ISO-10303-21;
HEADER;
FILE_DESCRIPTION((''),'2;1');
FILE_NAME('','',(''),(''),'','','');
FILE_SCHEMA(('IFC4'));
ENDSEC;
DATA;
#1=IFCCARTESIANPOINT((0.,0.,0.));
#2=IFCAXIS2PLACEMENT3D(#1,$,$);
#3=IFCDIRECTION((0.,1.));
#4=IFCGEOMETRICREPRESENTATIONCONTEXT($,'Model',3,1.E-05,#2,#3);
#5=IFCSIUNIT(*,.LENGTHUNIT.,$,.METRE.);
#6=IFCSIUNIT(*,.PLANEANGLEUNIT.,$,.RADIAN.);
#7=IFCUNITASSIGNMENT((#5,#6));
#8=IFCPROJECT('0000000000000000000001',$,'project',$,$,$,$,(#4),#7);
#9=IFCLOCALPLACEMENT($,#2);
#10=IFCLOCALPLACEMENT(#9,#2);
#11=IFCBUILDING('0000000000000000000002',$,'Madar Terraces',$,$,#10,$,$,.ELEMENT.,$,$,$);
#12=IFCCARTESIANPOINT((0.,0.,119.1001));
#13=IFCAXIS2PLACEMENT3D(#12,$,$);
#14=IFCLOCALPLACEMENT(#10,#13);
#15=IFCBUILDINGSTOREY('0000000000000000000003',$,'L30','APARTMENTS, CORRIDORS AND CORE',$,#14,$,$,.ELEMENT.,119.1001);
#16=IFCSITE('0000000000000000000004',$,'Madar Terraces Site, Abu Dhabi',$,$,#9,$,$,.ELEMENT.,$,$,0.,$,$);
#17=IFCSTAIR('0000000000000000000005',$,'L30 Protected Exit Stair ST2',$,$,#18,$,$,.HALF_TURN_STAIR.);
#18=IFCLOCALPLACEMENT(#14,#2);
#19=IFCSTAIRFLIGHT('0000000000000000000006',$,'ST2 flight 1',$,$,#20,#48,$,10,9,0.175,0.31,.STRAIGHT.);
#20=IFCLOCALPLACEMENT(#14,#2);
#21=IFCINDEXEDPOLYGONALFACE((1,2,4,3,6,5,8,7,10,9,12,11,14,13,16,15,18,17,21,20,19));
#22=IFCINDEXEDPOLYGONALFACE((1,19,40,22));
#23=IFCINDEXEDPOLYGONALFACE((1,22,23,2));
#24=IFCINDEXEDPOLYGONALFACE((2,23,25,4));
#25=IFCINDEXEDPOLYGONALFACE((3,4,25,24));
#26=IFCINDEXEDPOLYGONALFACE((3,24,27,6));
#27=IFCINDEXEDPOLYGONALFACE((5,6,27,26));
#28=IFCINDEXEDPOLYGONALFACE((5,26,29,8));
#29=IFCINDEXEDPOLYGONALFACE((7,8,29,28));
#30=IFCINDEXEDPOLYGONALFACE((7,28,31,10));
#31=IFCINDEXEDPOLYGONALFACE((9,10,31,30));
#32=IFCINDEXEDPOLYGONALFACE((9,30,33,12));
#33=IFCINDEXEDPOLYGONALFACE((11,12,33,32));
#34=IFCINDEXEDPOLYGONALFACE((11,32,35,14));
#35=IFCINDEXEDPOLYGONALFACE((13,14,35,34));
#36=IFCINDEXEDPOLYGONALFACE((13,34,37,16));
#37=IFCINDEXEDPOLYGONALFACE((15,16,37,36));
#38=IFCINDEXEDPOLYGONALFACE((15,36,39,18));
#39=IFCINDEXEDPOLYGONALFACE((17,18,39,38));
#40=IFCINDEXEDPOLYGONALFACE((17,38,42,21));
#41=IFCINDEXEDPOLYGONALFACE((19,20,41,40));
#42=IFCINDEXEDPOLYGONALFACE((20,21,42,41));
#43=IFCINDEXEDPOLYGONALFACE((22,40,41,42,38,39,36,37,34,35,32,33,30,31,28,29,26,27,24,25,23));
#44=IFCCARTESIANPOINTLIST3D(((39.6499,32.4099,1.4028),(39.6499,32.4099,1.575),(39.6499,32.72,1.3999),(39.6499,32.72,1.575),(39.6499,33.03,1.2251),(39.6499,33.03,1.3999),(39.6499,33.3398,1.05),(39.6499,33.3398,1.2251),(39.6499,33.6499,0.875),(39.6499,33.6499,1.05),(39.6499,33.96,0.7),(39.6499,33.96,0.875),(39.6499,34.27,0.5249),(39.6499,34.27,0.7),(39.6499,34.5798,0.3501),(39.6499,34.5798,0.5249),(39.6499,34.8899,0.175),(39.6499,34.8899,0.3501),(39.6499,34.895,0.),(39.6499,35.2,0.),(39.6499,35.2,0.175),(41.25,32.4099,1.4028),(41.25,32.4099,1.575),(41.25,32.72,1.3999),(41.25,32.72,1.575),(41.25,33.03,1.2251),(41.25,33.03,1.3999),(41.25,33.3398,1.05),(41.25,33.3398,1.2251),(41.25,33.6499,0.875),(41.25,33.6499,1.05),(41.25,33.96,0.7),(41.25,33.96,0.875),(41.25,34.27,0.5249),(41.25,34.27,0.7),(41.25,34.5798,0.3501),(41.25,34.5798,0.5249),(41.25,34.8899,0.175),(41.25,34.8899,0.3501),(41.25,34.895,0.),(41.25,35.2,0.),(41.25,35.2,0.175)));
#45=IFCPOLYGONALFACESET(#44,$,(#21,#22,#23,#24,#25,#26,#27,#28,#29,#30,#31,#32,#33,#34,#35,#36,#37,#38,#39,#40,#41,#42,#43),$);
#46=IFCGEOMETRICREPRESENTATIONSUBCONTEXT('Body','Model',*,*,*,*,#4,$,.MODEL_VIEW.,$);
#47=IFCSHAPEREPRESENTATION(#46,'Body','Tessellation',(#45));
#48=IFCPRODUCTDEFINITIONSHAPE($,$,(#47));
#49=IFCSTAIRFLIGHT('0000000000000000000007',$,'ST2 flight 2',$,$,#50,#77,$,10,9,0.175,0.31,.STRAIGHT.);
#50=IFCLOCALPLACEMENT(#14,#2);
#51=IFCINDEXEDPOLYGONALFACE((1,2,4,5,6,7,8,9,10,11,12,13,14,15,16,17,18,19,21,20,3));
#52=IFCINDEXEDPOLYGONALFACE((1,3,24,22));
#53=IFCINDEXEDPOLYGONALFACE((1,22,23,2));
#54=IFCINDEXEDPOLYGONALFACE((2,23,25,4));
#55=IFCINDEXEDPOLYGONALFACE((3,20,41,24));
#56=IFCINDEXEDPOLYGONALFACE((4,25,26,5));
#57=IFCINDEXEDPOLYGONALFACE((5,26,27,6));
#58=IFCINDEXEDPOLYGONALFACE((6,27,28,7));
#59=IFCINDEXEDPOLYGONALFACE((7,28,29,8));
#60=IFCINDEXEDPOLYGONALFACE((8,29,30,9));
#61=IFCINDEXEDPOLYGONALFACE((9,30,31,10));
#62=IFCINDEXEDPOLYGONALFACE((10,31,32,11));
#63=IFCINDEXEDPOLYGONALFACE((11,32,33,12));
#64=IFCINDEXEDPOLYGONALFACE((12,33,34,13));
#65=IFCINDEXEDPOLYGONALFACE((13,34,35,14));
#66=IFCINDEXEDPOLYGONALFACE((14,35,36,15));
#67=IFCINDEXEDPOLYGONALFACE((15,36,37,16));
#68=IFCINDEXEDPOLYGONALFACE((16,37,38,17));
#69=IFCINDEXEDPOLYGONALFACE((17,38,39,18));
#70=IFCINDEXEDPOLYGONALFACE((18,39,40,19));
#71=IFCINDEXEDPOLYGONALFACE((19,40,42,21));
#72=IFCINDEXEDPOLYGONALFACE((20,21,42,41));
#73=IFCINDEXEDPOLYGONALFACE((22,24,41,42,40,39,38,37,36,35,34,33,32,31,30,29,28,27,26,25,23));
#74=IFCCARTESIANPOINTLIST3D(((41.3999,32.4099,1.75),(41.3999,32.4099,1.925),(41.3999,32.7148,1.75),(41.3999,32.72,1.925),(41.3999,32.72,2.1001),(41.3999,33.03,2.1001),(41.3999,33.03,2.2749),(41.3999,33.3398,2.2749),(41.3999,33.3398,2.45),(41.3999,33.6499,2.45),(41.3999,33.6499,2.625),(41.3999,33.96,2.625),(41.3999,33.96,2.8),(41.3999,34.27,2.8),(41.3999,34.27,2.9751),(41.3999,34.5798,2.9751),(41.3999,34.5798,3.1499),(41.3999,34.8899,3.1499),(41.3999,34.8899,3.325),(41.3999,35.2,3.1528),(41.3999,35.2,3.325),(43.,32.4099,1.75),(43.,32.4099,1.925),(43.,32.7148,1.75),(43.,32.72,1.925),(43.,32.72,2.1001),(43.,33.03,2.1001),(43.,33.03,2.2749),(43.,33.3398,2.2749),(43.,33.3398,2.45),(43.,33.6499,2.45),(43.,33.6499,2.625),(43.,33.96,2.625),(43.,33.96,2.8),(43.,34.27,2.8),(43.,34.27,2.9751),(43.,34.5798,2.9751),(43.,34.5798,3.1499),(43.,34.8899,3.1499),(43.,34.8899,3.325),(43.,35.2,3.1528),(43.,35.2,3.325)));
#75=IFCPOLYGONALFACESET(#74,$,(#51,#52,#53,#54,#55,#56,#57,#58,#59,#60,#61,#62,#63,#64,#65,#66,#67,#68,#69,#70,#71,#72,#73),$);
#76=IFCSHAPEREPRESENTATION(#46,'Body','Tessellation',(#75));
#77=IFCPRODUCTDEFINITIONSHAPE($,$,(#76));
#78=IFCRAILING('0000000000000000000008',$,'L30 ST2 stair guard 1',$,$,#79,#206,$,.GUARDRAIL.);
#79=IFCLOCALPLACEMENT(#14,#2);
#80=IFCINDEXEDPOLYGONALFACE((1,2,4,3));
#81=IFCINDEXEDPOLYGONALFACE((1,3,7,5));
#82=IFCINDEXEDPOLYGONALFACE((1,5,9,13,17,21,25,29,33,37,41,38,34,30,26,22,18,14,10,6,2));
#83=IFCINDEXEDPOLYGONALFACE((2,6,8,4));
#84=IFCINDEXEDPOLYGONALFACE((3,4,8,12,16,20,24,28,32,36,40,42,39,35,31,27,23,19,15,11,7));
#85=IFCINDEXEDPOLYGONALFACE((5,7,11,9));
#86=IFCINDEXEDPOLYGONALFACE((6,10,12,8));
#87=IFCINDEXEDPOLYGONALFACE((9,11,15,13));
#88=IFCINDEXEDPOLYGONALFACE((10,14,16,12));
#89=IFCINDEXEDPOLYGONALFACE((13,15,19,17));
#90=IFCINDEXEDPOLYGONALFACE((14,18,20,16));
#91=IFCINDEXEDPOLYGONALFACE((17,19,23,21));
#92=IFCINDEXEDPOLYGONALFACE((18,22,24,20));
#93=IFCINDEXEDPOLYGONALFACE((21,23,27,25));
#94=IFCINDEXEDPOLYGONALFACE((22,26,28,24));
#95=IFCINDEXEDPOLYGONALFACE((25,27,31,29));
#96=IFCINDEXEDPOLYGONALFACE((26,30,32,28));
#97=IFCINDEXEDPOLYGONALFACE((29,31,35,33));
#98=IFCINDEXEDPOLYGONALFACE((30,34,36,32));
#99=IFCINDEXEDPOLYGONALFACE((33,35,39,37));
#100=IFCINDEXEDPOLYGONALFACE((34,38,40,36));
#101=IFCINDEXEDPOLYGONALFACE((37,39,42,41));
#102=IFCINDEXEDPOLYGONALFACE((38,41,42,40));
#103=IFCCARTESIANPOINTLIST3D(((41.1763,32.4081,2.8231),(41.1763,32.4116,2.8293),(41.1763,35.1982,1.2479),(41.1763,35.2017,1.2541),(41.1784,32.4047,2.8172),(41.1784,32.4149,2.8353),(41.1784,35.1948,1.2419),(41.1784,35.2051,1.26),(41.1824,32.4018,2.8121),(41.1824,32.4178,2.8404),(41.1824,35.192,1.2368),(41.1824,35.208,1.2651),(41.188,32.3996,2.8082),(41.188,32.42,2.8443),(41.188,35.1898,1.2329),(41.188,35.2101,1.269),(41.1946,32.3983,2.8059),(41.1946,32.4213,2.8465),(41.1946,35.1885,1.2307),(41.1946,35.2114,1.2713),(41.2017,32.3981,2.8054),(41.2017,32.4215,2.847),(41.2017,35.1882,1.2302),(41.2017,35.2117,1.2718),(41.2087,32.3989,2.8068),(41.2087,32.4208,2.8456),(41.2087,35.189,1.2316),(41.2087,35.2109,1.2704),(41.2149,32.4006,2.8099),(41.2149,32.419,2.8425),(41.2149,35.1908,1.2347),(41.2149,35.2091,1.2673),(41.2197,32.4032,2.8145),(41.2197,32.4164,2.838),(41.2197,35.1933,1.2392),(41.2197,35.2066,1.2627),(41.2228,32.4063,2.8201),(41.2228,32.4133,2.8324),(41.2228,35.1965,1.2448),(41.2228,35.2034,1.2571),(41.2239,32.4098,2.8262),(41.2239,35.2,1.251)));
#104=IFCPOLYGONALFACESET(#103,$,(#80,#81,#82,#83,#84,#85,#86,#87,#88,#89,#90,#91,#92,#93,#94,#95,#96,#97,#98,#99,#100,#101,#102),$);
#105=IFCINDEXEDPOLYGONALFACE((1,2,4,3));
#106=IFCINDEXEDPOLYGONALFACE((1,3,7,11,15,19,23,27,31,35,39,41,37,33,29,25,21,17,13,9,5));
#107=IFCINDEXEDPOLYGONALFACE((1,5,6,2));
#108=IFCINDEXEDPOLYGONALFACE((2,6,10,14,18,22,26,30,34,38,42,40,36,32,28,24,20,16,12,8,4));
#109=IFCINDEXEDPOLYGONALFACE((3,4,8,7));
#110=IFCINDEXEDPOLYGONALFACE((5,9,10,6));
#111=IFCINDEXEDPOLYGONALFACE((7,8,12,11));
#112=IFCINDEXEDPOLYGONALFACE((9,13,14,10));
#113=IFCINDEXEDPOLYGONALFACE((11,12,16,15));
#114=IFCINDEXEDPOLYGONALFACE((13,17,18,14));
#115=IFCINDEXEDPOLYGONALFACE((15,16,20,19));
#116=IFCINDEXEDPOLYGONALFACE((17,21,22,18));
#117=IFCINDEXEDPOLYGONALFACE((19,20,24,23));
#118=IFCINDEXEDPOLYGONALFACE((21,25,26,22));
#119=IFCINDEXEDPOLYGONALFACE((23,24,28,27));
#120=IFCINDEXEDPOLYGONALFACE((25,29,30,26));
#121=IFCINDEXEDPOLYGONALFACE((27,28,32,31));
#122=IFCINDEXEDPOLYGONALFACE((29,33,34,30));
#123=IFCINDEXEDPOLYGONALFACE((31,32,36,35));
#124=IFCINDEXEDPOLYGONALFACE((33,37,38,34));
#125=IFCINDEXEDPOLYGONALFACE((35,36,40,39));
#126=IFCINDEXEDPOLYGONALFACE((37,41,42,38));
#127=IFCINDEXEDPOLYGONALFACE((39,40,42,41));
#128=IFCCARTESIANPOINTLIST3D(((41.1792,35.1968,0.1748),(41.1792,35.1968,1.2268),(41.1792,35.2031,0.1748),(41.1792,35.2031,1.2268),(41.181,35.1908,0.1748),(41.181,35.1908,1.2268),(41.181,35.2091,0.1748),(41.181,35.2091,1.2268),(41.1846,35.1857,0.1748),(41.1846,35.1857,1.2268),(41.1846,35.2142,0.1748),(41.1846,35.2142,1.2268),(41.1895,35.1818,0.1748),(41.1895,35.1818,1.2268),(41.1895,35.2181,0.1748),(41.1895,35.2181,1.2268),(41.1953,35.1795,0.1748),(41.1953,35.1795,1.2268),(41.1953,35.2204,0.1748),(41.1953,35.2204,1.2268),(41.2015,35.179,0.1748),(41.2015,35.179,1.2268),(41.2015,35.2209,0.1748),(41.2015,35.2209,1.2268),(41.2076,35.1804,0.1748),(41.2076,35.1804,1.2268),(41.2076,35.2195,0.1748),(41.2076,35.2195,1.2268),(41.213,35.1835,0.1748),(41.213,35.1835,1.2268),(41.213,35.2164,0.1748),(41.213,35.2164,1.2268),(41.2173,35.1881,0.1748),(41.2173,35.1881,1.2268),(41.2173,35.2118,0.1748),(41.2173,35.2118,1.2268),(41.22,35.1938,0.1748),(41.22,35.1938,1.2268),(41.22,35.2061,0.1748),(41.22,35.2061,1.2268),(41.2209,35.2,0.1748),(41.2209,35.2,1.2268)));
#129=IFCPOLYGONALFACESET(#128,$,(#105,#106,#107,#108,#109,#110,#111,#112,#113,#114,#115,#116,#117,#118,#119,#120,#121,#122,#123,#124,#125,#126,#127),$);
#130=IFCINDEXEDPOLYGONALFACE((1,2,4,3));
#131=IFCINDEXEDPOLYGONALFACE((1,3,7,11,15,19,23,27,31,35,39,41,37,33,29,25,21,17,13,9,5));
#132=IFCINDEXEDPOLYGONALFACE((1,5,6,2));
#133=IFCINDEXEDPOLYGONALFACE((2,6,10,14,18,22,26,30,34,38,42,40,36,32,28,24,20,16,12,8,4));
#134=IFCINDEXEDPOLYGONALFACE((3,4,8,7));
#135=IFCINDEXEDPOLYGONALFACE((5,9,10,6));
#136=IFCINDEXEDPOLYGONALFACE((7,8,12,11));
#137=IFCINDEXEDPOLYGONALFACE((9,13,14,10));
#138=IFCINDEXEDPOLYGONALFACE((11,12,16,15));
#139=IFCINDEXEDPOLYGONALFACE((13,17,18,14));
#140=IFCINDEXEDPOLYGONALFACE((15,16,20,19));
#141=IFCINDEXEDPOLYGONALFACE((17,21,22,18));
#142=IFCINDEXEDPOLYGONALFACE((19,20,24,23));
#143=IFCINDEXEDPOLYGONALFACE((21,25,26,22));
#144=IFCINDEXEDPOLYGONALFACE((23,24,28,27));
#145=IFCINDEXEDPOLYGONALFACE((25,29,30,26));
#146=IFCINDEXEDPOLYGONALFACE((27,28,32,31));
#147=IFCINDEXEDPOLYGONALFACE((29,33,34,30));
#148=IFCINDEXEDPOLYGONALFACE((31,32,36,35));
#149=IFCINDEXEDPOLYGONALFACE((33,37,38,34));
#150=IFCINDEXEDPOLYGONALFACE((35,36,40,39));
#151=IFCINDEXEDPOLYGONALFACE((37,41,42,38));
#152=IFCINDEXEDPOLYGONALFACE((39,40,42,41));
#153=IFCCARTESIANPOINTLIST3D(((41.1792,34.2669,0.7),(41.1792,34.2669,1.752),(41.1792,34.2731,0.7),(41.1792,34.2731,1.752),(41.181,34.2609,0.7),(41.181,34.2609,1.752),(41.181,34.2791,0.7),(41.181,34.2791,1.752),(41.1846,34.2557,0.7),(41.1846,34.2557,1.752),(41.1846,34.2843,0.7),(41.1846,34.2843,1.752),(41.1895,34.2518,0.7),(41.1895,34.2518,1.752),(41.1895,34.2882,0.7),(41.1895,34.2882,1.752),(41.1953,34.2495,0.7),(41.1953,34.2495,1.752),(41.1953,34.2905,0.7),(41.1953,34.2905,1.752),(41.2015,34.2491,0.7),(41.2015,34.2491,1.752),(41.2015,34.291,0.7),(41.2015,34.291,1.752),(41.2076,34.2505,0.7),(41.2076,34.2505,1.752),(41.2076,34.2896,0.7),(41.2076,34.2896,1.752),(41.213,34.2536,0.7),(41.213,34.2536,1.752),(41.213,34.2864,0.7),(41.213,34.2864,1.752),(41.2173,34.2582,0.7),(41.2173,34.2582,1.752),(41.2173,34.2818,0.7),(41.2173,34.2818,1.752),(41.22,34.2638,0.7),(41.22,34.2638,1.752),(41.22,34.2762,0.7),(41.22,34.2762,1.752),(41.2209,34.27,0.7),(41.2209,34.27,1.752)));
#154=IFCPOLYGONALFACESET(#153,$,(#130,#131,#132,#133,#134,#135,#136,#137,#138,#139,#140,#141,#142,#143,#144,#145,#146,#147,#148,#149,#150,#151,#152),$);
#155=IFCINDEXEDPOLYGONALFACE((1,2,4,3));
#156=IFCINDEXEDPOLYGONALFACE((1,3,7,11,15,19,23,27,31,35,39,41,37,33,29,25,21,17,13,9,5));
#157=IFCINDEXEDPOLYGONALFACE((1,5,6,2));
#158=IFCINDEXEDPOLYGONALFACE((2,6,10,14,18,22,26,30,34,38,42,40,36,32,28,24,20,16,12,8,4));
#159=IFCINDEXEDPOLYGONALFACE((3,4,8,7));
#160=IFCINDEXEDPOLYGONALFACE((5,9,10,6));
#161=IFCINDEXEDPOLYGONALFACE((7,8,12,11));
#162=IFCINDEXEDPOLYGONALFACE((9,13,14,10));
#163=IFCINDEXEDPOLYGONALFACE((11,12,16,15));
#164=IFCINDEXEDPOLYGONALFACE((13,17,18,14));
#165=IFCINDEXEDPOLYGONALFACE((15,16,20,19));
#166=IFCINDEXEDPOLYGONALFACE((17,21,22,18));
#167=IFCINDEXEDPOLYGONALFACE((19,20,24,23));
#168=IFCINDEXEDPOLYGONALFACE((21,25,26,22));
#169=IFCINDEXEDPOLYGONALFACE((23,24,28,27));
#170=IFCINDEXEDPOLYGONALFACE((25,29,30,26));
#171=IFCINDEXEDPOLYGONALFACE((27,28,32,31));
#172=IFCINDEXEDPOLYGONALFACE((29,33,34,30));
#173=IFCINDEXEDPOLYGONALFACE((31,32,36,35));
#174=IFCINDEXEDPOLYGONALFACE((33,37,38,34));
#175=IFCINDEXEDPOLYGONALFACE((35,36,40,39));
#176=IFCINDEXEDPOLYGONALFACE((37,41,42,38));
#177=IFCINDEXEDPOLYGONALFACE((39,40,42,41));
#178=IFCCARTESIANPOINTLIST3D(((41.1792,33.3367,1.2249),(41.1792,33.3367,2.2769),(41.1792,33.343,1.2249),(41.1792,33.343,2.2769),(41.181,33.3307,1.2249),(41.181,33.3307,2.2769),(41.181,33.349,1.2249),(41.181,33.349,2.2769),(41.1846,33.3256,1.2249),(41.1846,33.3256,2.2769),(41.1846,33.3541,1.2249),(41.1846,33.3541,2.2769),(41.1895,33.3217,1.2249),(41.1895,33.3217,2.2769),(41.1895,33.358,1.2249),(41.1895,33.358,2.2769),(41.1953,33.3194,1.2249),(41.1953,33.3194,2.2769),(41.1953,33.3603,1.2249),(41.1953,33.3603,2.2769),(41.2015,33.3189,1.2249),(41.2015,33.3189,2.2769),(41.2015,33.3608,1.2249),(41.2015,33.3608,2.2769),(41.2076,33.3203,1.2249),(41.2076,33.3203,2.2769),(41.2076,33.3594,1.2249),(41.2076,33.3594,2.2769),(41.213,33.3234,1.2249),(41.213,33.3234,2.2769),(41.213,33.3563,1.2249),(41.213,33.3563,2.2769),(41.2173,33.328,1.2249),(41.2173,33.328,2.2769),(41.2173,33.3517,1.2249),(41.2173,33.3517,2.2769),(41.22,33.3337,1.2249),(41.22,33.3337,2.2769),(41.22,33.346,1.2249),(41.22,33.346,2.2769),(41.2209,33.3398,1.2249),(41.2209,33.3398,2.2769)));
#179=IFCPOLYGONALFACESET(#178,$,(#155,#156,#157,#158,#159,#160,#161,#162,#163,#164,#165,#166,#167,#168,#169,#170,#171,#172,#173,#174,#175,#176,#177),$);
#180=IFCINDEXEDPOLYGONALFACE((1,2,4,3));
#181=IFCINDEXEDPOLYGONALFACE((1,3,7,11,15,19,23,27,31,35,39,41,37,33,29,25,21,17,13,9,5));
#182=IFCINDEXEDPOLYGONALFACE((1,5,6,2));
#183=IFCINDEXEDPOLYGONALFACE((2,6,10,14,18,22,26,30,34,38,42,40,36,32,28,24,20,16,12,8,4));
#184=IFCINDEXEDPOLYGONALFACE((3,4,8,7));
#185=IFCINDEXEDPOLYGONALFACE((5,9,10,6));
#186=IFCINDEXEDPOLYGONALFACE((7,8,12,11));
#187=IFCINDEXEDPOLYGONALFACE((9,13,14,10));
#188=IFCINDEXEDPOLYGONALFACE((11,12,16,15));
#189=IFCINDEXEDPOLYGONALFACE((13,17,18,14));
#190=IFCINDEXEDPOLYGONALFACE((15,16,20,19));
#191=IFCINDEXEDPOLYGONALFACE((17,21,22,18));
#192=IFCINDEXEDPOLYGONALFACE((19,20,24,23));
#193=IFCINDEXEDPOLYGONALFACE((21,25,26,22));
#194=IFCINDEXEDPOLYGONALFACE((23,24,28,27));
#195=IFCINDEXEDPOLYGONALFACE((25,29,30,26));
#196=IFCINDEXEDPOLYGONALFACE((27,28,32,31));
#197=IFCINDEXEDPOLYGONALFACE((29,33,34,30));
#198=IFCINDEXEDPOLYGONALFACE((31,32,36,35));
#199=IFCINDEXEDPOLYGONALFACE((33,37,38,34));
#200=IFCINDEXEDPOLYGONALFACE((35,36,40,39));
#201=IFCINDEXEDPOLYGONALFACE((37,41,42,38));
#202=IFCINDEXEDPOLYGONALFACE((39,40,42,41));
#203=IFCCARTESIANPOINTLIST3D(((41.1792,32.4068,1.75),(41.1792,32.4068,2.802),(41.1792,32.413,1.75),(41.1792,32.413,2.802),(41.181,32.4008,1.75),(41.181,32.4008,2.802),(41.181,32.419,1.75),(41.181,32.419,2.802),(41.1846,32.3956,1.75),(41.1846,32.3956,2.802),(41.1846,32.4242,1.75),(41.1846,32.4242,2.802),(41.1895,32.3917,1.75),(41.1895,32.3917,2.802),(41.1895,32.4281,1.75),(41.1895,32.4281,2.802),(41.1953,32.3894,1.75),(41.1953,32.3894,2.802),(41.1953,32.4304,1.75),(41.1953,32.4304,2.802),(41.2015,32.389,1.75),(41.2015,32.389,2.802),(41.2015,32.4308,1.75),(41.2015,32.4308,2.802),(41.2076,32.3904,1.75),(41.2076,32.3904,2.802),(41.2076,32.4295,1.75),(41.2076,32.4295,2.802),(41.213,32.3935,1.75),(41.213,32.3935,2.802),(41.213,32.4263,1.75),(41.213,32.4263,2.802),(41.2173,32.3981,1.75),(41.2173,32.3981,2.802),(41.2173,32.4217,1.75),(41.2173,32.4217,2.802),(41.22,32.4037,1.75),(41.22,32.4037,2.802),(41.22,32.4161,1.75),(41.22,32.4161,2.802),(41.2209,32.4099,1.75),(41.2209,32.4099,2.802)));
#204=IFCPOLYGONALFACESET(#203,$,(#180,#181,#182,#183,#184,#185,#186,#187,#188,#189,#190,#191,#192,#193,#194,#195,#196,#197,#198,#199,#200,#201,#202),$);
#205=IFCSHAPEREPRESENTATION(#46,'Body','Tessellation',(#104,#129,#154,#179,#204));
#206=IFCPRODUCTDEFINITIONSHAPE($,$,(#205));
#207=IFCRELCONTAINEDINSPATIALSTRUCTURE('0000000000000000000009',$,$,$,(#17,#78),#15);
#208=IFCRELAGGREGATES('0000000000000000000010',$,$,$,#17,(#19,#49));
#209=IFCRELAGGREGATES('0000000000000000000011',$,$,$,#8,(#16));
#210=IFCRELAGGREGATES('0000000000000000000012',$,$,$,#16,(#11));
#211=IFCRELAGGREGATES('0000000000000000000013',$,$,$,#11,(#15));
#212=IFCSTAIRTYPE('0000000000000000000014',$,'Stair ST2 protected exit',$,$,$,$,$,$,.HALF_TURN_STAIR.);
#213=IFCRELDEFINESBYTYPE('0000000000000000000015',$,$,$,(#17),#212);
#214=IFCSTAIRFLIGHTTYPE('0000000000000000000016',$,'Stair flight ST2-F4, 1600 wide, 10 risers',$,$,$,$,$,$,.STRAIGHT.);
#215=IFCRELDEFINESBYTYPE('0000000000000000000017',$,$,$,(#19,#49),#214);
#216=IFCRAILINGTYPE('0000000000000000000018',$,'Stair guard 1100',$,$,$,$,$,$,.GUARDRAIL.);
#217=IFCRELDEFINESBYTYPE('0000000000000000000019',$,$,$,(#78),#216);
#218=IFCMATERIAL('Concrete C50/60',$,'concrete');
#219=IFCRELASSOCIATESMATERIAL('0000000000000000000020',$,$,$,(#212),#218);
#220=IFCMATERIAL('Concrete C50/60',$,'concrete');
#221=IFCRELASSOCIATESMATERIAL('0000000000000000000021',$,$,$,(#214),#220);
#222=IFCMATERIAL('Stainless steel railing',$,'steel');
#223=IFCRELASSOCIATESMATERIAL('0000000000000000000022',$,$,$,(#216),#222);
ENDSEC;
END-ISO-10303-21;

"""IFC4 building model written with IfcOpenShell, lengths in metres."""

from ifc_helpers import new_model, si_unit, direction, frame, origin, origin_2d, place, context, subcontext, project, spatial, polyline, circle, outline, extrude, material, type_object, element, aggregate, save


model = new_model("IFC4")

# Units and contexts
model_context = context("Model", 3, precision=1e-05, world=origin(), true_north=direction((0.0, 1.0)))
body_context = subcontext(model_context, "Body", "Model", "MODEL_VIEW")
ifc_project = project(units=[si_unit("LENGTHUNIT", "METRE"), si_unit("PLANEANGLEUNIT", "RADIAN")], contexts=[model_context])

# Site, building, storey
site_placement = place(None, origin())
site = spatial("IfcSite", under=ifc_project, at=site_placement, Name="Madar Terraces Site, Abu Dhabi", CompositionType="ELEMENT", RefElevation=0.0)
building_placement = place(site_placement, origin())
building = spatial("IfcBuilding", under=site, at=building_placement, Name="Madar Terraces", CompositionType="ELEMENT")
storey_placement = place(building_placement, frame((0.0, 0.0, 119.1001)))
storey = spatial("IfcBuildingStorey", under=building, at=storey_placement, Name="L30", Description="APARTMENTS, CORRIDORS AND CORE", CompositionType="ELEMENT", Elevation=119.1001)

# Stair, stair flights
ifc_material_1 = material(Name="Concrete C50/60", Category="concrete")
stair_type = type_object("IfcStairType", Name="Stair ST2 protected exit", PredefinedType="HALF_TURN_STAIR", material=ifc_material_1)
stair_placement = place(storey_placement, origin())
stair = element("IfcStair", 1, at=stair_placement, inside=storey, type_object=stair_type, Name="L30 Protected Exit Stair ST2", PredefinedType="HALF_TURN_STAIR")
ifc_material_2 = material(Name="Concrete C50/60", Category="concrete")
stair_flight_type = type_object("IfcStairFlightType", Name="Stair flight ST2-F4, 1600 wide, 10 risers", PredefinedType="STRAIGHT", material=ifc_material_2)
stair_flight_1_placement = place(storey_placement, frame((40.45, 35.2, 0.0), z_axis=(0.0, 0.0, 1.0), x_axis=(0.0, -1.0, 0.0)))
stair_flight_1 = element("IfcStairFlight", 2, at=stair_flight_1_placement, type_object=stair_flight_type, Name="ST2 flight 1", NumberOfRisers=10, NumberOfTreads=9, PredefinedType="STRAIGHT", RiserHeight=0.175, TreadLength=0.31, context=body_context, shape_type="SweptSolid", body=[
    extrude(outline(polyline([(0.0, 0.0), (0.0, 0.175), (0.3101, 0.175), (0.3101, 0.3501), (0.6201, 0.3501), (0.6201, 0.5249), (0.9299, 0.5249), (0.9299, 0.7), (1.24, 0.7), (1.24, 0.875), (1.55, 0.875), (1.55, 1.05), (1.8601, 1.05), (1.8601, 1.2251), (2.1699, 1.2251), (2.1699, 1.3999), (2.48, 1.3999), (2.48, 1.575), (2.79, 1.575), (2.79, 1.75), (2.79, 1.4028), (0.3049, 0.0), (0.0, 0.0)])), frame((0.0, 0.8, 0.0), z_axis=(0.0, -1.0, 0.0), x_axis=(1.0, 0.0, 0.0)), (0.0, 0.0, 1.0), 1.6001),
])
stair_flight_2_placement = place(storey_placement, frame((42.2, 32.4099, 1.75), z_axis=(0.0, 0.0, 1.0), x_axis=(0.0, 1.0, 0.0)))
stair_flight_2 = element("IfcStairFlight", 3, at=stair_flight_2_placement, type_object=stair_flight_type, Name="ST2 flight 2", NumberOfRisers=10, NumberOfTreads=9, PredefinedType="STRAIGHT", RiserHeight=0.175, TreadLength=0.31, context=body_context, shape_type="SweptSolid", body=[
    extrude(outline(polyline([(0.0, 0.0), (0.0, 0.175), (0.3101, 0.175), (0.3101, 0.3501), (0.6201, 0.3501), (0.6201, 0.5249), (0.9299, 0.5249), (0.9299, 0.7), (1.24, 0.7), (1.24, 0.875), (1.55, 0.875), (1.55, 1.05), (1.8601, 1.05), (1.8601, 1.2251), (2.1699, 1.2251), (2.1699, 1.3999), (2.48, 1.3999), (2.48, 1.575), (2.79, 1.575), (2.79, 1.75), (2.79, 1.4028), (0.3049, 0.0), (0.0, 0.0)])), frame((0.0, 0.8, 0.0), z_axis=(0.0, -1.0, 0.0), x_axis=(1.0, 0.0, 0.0)), (0.0, 0.0, 1.0), 1.6001),
])
aggregate(stair, [stair_flight_1, stair_flight_2])

# Railing
ifc_material_3 = material(Name="Stainless steel railing", Category="steel")
railing_type_1 = type_object("IfcRailingType", Name="Stair guard 1100", PredefinedType="GUARDRAIL", material=ifc_material_3)
railing_1_placement = place(storey_placement, frame((41.2, 35.2, 0.1748)))
element("IfcRailing", 4, at=railing_1_placement, inside=storey, type_object=railing_type_1, Name="L30 ST2 stair guard 1", PredefinedType="GUARDRAIL", context=body_context, shape_type="SweptSolid", body=[
    extrude(circle(Radius=0.0239, at=origin_2d()), frame((0.0, 0.0, 1.0762), z_axis=(0.0, -0.870801, 0.491635), x_axis=(1.0, 0.0, 0.0)), (0.0, 0.0, 1.0), 3.2041),
    extrude(circle(Radius=0.021, at=origin_2d()), origin(), (0.0, 0.0, 1.0), 1.052),
    extrude(circle(Radius=0.021, at=origin_2d()), frame((0.0, -0.9299, 0.5251)), (0.0, 0.0, 1.0), 1.052),
    extrude(circle(Radius=0.021, at=origin_2d()), frame((0.0, -1.8601, 1.05)), (0.0, 0.0, 1.0), 1.052),
    extrude(circle(Radius=0.021, at=origin_2d()), frame((0.0, -2.79, 1.5752)), (0.0, 0.0, 1.0), 1.052),
])

save(model, "model.ifc")
